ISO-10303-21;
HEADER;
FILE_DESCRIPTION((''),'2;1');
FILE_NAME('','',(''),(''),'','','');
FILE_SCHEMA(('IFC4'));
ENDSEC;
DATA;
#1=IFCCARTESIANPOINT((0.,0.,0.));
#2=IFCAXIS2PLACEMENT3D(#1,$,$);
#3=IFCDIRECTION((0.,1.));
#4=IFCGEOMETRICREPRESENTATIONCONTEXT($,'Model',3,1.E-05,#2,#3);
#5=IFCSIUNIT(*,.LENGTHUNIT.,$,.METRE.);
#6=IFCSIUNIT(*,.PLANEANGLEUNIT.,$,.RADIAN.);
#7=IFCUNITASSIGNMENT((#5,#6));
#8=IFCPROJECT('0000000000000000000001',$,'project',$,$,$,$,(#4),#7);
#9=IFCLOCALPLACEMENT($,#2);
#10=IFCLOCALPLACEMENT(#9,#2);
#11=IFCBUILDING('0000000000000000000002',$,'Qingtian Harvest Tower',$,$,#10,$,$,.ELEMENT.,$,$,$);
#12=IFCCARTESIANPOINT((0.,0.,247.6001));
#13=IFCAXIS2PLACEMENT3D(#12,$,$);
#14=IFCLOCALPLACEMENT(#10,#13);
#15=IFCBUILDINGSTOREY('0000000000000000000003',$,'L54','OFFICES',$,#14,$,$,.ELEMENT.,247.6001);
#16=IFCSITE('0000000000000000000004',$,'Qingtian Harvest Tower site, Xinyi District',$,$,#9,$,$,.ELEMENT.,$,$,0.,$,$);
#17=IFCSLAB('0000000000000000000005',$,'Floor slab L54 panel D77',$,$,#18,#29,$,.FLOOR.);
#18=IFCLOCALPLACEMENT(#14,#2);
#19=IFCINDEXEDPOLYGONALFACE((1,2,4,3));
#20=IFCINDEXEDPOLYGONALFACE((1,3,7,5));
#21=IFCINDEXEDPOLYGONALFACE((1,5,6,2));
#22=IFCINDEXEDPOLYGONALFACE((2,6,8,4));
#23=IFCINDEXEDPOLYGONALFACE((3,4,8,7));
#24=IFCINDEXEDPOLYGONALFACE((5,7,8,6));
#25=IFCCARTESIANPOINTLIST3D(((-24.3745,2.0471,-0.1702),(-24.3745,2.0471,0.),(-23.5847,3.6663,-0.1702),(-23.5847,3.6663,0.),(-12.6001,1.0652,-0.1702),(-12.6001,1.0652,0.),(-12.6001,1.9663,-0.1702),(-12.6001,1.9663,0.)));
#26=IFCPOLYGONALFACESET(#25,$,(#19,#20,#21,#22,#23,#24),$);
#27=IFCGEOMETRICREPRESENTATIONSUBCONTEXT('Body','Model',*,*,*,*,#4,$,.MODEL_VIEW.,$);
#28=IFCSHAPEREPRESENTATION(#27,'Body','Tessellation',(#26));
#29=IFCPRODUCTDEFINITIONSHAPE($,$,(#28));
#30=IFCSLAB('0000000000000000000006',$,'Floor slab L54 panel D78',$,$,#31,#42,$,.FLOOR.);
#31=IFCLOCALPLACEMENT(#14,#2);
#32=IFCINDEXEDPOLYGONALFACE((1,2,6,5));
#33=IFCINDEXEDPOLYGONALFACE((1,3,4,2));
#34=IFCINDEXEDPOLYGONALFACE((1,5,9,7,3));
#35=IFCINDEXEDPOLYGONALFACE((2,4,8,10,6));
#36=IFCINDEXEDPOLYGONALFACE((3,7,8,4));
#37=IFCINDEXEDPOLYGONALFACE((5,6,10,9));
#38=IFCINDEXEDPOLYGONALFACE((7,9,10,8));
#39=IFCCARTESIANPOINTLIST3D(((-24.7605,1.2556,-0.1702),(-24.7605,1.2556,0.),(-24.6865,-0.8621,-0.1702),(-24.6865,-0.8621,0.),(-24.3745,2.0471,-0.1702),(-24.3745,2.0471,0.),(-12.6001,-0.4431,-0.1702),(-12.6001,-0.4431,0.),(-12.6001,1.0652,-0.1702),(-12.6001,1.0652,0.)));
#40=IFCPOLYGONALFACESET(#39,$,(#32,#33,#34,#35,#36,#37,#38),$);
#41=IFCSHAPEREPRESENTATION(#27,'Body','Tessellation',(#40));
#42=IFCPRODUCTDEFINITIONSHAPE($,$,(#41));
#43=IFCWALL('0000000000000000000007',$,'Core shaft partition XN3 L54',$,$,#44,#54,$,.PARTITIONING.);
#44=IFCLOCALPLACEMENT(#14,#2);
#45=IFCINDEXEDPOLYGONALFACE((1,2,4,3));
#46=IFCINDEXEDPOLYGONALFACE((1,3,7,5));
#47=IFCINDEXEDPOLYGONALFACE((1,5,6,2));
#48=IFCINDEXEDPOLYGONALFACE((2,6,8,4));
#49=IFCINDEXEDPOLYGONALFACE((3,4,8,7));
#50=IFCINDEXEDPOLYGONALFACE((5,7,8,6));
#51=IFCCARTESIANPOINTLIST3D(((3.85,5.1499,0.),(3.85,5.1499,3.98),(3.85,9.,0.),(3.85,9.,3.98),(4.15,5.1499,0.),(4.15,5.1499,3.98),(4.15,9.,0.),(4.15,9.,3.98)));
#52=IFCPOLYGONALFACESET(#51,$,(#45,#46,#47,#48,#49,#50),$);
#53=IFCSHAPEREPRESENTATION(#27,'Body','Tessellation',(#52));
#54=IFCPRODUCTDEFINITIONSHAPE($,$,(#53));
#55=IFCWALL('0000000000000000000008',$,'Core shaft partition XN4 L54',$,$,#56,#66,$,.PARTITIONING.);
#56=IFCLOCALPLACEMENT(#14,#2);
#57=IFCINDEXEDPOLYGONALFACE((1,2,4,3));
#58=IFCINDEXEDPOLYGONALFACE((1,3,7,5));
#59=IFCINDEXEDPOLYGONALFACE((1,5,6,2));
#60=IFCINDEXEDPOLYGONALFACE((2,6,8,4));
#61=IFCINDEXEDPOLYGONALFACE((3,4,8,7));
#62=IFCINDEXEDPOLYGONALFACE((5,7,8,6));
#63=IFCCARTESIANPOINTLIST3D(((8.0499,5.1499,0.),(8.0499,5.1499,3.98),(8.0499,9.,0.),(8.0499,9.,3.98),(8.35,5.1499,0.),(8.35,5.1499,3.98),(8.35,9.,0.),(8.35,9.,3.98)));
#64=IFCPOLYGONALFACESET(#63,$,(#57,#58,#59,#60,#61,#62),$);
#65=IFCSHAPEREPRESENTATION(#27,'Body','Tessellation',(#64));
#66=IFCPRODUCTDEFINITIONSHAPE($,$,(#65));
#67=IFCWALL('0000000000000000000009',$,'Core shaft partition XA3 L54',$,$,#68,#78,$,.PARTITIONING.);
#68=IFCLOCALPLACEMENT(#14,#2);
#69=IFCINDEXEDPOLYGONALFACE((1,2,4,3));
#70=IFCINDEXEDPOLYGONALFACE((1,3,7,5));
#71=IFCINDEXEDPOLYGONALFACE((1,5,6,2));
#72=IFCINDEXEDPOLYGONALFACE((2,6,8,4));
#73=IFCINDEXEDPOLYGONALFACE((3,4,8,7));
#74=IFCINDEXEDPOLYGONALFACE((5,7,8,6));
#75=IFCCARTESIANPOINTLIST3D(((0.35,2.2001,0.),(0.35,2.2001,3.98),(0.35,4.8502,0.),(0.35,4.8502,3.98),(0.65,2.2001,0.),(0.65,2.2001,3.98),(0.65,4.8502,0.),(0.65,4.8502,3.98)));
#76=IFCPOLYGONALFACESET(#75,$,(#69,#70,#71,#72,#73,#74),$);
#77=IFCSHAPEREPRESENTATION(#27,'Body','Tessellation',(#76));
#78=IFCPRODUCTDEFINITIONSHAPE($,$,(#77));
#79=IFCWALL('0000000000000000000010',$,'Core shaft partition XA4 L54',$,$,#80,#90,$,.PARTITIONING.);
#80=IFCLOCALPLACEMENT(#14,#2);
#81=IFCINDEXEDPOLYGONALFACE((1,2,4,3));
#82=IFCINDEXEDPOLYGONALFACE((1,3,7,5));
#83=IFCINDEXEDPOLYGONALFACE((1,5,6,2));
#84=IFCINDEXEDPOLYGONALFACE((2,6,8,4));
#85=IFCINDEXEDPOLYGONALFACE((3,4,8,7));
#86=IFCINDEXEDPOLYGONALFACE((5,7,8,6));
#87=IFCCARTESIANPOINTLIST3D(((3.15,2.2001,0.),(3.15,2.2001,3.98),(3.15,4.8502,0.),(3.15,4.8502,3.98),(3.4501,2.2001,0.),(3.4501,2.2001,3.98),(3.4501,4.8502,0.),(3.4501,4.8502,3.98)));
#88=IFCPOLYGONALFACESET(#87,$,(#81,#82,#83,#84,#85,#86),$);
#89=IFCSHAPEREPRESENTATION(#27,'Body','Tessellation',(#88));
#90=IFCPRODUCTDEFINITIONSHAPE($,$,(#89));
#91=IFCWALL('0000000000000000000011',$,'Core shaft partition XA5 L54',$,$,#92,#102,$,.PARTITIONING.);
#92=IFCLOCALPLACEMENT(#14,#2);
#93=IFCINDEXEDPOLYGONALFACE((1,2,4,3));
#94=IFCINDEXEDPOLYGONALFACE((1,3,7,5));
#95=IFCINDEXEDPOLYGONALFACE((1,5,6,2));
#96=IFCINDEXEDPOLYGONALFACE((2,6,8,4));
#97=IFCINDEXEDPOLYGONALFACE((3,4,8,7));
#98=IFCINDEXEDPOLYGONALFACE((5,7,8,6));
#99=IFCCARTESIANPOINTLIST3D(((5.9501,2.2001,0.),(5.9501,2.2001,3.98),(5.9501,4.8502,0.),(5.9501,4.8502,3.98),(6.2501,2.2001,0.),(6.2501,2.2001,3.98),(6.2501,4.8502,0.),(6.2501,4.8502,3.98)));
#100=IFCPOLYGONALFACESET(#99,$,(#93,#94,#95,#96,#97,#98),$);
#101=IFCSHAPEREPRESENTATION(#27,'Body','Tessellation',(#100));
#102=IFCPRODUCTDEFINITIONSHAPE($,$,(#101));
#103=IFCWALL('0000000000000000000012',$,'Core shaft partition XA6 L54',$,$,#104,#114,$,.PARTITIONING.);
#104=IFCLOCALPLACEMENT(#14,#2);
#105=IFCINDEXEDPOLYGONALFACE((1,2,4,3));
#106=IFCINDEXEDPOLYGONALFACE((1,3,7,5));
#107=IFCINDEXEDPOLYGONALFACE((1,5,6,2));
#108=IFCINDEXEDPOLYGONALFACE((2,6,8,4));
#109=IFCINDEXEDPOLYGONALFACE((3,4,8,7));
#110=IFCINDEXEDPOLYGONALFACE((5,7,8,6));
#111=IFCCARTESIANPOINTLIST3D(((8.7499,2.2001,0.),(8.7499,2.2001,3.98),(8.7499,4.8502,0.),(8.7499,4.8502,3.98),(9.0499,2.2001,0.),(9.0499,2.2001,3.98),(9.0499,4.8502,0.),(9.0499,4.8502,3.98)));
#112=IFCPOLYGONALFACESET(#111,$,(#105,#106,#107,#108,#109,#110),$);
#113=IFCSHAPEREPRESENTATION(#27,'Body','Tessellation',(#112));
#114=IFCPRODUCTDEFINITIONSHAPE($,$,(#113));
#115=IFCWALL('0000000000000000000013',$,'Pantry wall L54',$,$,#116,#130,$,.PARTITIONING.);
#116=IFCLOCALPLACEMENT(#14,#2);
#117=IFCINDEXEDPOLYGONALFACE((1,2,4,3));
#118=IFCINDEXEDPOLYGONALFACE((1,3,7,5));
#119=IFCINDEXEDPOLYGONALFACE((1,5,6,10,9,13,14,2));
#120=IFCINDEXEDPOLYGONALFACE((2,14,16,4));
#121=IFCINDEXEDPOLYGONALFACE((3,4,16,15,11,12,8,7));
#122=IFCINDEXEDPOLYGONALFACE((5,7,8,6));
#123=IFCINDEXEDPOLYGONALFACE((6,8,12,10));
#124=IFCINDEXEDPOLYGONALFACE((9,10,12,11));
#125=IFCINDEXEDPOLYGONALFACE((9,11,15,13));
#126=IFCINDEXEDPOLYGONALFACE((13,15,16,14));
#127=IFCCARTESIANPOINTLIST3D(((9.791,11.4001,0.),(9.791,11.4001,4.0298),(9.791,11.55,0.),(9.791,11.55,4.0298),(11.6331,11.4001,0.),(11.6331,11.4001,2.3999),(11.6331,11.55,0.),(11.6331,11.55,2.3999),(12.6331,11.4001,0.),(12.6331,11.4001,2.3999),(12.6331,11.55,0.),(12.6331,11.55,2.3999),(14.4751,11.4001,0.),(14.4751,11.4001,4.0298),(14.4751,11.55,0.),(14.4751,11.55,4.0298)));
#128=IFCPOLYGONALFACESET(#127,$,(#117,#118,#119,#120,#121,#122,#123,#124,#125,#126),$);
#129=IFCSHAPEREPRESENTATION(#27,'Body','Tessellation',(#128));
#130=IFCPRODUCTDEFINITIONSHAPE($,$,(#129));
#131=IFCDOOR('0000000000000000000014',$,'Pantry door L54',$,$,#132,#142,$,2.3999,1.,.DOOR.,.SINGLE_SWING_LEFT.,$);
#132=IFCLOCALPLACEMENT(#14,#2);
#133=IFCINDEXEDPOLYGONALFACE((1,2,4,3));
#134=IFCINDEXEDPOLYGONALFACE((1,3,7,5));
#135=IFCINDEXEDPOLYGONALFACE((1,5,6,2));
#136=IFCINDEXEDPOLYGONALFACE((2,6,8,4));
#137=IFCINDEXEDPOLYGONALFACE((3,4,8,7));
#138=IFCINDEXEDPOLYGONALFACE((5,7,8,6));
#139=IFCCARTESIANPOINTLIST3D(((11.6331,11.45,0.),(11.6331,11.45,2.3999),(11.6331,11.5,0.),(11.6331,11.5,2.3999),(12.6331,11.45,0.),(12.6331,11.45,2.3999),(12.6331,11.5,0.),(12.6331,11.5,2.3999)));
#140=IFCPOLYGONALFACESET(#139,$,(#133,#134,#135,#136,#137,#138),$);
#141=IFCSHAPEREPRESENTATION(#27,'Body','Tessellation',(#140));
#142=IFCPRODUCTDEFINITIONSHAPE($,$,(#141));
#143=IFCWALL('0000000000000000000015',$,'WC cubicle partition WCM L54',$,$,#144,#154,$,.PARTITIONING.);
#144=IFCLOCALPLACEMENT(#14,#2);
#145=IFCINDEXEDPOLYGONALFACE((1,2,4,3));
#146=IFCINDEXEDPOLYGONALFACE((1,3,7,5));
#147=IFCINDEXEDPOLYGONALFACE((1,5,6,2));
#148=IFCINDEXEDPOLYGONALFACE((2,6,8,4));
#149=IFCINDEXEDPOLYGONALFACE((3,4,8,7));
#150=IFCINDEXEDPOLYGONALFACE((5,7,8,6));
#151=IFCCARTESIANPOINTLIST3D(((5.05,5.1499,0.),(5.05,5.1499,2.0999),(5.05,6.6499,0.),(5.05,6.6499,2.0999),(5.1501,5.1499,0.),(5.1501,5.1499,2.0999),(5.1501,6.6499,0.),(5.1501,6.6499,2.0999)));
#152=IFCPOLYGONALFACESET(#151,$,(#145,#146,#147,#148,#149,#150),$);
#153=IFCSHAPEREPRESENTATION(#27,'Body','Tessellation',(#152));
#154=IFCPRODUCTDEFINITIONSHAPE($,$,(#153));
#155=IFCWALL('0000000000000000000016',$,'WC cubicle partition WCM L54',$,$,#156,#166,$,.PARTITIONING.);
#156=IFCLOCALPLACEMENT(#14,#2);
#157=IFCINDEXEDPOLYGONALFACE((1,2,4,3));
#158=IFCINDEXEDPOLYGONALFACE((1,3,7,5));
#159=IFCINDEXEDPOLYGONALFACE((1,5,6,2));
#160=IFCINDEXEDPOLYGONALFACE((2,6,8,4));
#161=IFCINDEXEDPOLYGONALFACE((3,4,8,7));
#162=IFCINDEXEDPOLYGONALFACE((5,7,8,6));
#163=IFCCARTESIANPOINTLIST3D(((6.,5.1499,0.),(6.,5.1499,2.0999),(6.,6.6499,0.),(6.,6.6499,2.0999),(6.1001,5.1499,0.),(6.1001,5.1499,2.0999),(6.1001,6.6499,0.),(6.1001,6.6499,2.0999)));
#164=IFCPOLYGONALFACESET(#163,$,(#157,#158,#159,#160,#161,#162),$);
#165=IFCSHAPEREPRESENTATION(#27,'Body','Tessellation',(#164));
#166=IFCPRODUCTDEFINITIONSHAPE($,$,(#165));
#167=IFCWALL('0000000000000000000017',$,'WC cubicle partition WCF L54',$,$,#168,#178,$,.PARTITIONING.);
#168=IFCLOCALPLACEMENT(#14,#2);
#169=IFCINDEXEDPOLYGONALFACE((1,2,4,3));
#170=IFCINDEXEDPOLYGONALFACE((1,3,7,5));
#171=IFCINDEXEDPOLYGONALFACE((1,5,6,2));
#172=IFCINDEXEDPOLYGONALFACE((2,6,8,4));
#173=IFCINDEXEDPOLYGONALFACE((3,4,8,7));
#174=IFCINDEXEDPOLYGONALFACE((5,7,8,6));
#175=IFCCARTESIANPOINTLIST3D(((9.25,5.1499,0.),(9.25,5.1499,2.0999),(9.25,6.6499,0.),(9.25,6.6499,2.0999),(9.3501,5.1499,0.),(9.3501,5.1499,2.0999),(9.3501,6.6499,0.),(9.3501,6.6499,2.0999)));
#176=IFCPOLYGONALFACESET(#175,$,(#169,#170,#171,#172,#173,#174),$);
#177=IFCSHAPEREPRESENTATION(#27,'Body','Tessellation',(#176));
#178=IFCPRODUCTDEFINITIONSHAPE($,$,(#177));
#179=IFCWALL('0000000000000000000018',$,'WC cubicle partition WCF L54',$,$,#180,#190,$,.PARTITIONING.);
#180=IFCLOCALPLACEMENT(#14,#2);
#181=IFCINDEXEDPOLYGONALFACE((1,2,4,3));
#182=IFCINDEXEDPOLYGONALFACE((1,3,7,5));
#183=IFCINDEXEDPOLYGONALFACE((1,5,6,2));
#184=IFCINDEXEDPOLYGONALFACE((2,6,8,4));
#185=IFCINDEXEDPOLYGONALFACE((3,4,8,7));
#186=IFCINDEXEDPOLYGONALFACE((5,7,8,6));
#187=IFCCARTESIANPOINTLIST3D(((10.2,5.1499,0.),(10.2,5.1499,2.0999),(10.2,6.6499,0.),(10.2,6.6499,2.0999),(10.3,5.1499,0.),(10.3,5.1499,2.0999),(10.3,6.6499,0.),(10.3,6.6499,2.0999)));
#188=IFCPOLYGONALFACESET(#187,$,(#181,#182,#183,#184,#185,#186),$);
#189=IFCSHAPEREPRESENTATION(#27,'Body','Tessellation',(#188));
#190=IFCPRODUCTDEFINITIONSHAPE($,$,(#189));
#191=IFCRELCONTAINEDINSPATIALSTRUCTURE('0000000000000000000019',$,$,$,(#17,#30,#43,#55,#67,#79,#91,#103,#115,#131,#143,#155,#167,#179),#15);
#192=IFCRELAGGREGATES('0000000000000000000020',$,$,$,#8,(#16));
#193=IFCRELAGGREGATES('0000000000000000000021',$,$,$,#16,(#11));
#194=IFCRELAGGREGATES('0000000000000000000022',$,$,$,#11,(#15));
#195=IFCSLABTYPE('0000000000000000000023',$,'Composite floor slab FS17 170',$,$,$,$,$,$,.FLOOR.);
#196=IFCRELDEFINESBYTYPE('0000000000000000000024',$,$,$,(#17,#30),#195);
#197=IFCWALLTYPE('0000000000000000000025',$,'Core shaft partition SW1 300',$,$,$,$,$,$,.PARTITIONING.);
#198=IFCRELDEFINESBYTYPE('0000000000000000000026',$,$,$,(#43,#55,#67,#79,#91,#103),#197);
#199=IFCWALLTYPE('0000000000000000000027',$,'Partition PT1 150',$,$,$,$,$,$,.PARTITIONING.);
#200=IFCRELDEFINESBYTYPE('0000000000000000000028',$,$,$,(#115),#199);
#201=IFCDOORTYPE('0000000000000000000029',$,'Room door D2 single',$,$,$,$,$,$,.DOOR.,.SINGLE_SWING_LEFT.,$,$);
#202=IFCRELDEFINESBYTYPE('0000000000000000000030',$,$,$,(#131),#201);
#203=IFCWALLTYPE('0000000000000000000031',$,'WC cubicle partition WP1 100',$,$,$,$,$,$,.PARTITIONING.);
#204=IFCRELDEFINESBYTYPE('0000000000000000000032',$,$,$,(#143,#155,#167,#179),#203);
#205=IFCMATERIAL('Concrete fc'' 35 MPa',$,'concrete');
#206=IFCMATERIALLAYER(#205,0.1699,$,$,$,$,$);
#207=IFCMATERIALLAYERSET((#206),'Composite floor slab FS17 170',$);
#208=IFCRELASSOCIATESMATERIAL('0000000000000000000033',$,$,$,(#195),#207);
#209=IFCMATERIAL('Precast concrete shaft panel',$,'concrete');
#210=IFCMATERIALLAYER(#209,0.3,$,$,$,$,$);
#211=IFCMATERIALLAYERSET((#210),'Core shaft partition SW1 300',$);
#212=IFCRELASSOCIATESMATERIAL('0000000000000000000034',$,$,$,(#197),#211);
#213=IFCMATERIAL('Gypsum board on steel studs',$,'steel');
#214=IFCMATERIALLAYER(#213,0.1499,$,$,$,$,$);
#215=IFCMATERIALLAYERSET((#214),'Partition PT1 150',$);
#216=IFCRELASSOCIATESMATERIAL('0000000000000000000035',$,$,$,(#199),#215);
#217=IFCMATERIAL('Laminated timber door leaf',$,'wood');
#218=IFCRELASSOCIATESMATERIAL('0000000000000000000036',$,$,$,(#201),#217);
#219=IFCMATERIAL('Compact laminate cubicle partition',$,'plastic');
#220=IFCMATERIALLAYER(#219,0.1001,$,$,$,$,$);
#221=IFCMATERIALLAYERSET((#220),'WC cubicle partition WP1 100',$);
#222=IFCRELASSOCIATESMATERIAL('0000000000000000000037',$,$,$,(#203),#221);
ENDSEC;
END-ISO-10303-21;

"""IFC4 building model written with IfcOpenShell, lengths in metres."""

from ifc_helpers import new_model, si_unit, direction, frame, frame_2d, origin, place, context, subcontext, project, spatial, polyline, rectangle, outline, extrude, material, layer, layer_set, type_object, element, fill, save


model = new_model("IFC4")

# Units and contexts
model_context = context("Model", 3, precision=1e-05, world=origin(), true_north=direction((0.0, 1.0)))
body_context = subcontext(model_context, "Body", "Model", "MODEL_VIEW")
ifc_project = project(units=[si_unit("LENGTHUNIT", "METRE"), si_unit("PLANEANGLEUNIT", "RADIAN")], contexts=[model_context])

# Site, building, storey
site_placement = place(None, origin())
site = spatial("IfcSite", under=ifc_project, at=site_placement, Name="Qingtian Harvest Tower site, Xinyi District", CompositionType="ELEMENT", RefElevation=0.0)
building_placement = place(site_placement, origin())
building = spatial("IfcBuilding", under=site, at=building_placement, Name="Qingtian Harvest Tower", CompositionType="ELEMENT")
storey_placement = place(building_placement, frame((0.0, 0.0, 247.6001)))
storey = spatial("IfcBuildingStorey", under=building, at=storey_placement, Name="L54", Description="OFFICES", CompositionType="ELEMENT", Elevation=247.6001)

# Slabs
ifc_material_1 = material(Name="Concrete fc' 35 MPa", Category="concrete")
ifc_layer_1 = layer(ifc_material_1, 0.1699)
ifc_layer_set_1 = layer_set([ifc_layer_1], Name="Composite floor slab FS17 170")
slab_type = type_object("IfcSlabType", Name="Composite floor slab FS17 170", PredefinedType="FLOOR", material=ifc_layer_set_1)
slab_1_placement = place(storey_placement, frame((0.0, 0.0, -0.1702)))
element("IfcSlab", 1, at=slab_1_placement, inside=storey, type_object=slab_type, Name="Floor slab L54 panel D77", PredefinedType="FLOOR", context=body_context, shape_type="SweptSolid", body=[
    extrude(outline(polyline([(-12.6001, 1.0652), (-24.3745, 2.0471), (-23.5847, 3.6663), (-12.6001, 1.9663), (-12.6001, 1.0652)])), origin(), (0.0, 0.0, 1.0), 0.1702),
])
slab_2_placement = place(storey_placement, frame((0.0, 0.0, -0.1702)))
element("IfcSlab", 2, at=slab_2_placement, inside=storey, type_object=slab_type, Name="Floor slab L54 panel D78", PredefinedType="FLOOR", context=body_context, shape_type="SweptSolid", body=[
    extrude(outline(polyline([(-12.6001, 1.0652), (-12.6001, -0.4431), (-24.6865, -0.8621), (-24.7605, 1.2556), (-24.3745, 2.0471), (-12.6001, 1.0652)])), origin(), (0.0, 0.0, 1.0), 0.1702),
])

# Shared definitions
ifc_material_2 = material(Name="Precast concrete shaft panel", Category="concrete")
ifc_layer_2 = layer(ifc_material_2, 0.3)
ifc_layer_set_2 = layer_set([ifc_layer_2], Name="Core shaft partition SW1 300")
wall_type_1 = type_object("IfcWallType", Name="Core shaft partition SW1 300", PredefinedType="PARTITIONING", material=ifc_layer_set_2)

# Walls
for number, where, z_axis, x_axis, name in (
    (3, (4.0, 5.1499, 0.0), (0.0, 0.0, 1.0), (0.0, 1.0, 0.0), "Core shaft partition XN3 L54"),
    (4, (8.2, 5.1499, 0.0), (0.0, 0.0, 1.0), (0.0, 1.0, 0.0), "Core shaft partition XN4 L54"),
):
    element("IfcWall", number, at=place(storey_placement, frame(where, z_axis=z_axis, x_axis=x_axis)), inside=storey, type_object=wall_type_1, Name=name, PredefinedType="PARTITIONING", context=body_context, shape_type="SweptSolid", body=[
        extrude(rectangle(XDim=3.8501, YDim=0.3, at=frame_2d((1.925, 0.0))), origin(), (0.0, 0.0, 1.0), 3.98),
    ])
for number, where, z_axis, x_axis, name in (
    (5, (0.5, 2.2, 0.0), (0.0, 0.0, 1.0), (0.0, 1.0, 0.0), "Core shaft partition XA3 L54"),
    (6, (3.3, 2.2, 0.0), (0.0, 0.0, 1.0), (0.0, 1.0, 0.0), "Core shaft partition XA4 L54"),
    (7, (6.1001, 2.2, 0.0), (0.0, 0.0, 1.0), (0.0, 1.0, 0.0), "Core shaft partition XA5 L54"),
    (8, (8.8999, 2.2, 0.0), (0.0, 0.0, 1.0), (0.0, 1.0, 0.0), "Core shaft partition XA6 L54"),
):
    element("IfcWall", number, at=place(storey_placement, frame(where, z_axis=z_axis, x_axis=x_axis)), inside=storey, type_object=wall_type_1, Name=name, PredefinedType="PARTITIONING", context=body_context, shape_type="SweptSolid", body=[
        extrude(rectangle(XDim=2.6501, YDim=0.3, at=frame_2d((1.3252, 0.0))), origin(), (0.0, 0.0, 1.0), 3.98),
    ])

# Wall, opening, door
ifc_material_3 = material(Name="Gypsum board on steel studs", Category="steel")
ifc_layer_3 = layer(ifc_material_3, 0.1499)
ifc_layer_set_3 = layer_set([ifc_layer_3], Name="Partition PT1 150")
wall_type_2 = type_object("IfcWallType", Name="Partition PT1 150", PredefinedType="PARTITIONING", material=ifc_layer_set_3)
wall_1_placement = place(storey_placement, frame((9.791, 11.4751, 0.0), z_axis=(0.0, 0.0, 1.0), x_axis=(1.0, 0.0, 0.0)))
wall_1 = element("IfcWall", 9, at=wall_1_placement, inside=storey, type_object=wall_type_2, Name="Pantry wall L54", PredefinedType="PARTITIONING", context=body_context, shape_type="SweptSolid", body=[
    extrude(rectangle(XDim=4.6841, YDim=0.1499, at=frame_2d((2.342, 0.0))), origin(), (0.0, 0.0, 1.0), 4.0298),
])
opening_1_placement = place(wall_1_placement, frame((1.842, 0.0, 0.0)))
opening_1 = element("IfcOpeningElement", 10, at=opening_1_placement, cuts=wall_1, PredefinedType="OPENING", context=body_context, shape_type="SweptSolid", body=[
    extrude(rectangle(XDim=1.0, YDim=2.3999, at=frame_2d((0.5, 1.2))), frame((0.0, 0.085, 0.0), z_axis=(0.0, -1.0, 0.0), x_axis=(1.0, 0.0, 0.0)), (0.0, 0.0, 1.0), 0.1699),
])
ifc_material_4 = material(Name="Laminated timber door leaf", Category="wood")
door_type_1 = type_object("IfcDoorType", Name="Room door D2 single", OperationType="SINGLE_SWING_LEFT", PredefinedType="DOOR", material=ifc_material_4)
door_1_placement = place(opening_1_placement, origin())
door_1 = element("IfcDoor", 11, at=door_1_placement, inside=storey, type_object=door_type_1, Name="Pantry door L54", OperationType="SINGLE_SWING_LEFT", OverallHeight=2.3999, OverallWidth=1.0, PredefinedType="DOOR", context=body_context, shape_type="SweptSolid", body=[
    extrude(rectangle(XDim=1.0, YDim=2.3999, at=frame_2d((0.5, 1.2))), frame((0.0, 0.0249, 0.0), z_axis=(0.0, -1.0, 0.0), x_axis=(1.0, 0.0, 0.0)), (0.0, 0.0, 1.0), 0.05),
])
fill(opening_1, door_1)

# Walls
ifc_material_5 = material(Name="Compact laminate cubicle partition", Category="plastic")
ifc_layer_4 = layer(ifc_material_5, 0.1001)
ifc_layer_set_4 = layer_set([ifc_layer_4], Name="WC cubicle partition WP1 100")
wall_type_3 = type_object("IfcWallType", Name="WC cubicle partition WP1 100", PredefinedType="PARTITIONING", material=ifc_layer_set_4)
for number, where, z_axis, x_axis, name in (
    (12, (5.1001, 5.1499, 0.0), (0.0, 0.0, 1.0), (0.0, 1.0, 0.0), "WC cubicle partition WCM L54"),
    (13, (6.05, 5.1499, 0.0), (0.0, 0.0, 1.0), (0.0, 1.0, 0.0), "WC cubicle partition WCM L54"),
    (14, (9.3, 5.1499, 0.0), (0.0, 0.0, 1.0), (0.0, 1.0, 0.0), "WC cubicle partition WCF L54"),
    (15, (10.25, 5.1499, 0.0), (0.0, 0.0, 1.0), (0.0, 1.0, 0.0), "WC cubicle partition WCF L54"),
):
    element("IfcWall", number, at=place(storey_placement, frame(where, z_axis=z_axis, x_axis=x_axis)), inside=storey, type_object=wall_type_3, Name=name, PredefinedType="PARTITIONING", context=body_context, shape_type="SweptSolid", body=[
        extrude(rectangle(XDim=1.5, YDim=0.1001, at=frame_2d((0.75, 0.0))), origin(), (0.0, 0.0, 1.0), 2.0999),
    ])

save(model, "model.ifc")
